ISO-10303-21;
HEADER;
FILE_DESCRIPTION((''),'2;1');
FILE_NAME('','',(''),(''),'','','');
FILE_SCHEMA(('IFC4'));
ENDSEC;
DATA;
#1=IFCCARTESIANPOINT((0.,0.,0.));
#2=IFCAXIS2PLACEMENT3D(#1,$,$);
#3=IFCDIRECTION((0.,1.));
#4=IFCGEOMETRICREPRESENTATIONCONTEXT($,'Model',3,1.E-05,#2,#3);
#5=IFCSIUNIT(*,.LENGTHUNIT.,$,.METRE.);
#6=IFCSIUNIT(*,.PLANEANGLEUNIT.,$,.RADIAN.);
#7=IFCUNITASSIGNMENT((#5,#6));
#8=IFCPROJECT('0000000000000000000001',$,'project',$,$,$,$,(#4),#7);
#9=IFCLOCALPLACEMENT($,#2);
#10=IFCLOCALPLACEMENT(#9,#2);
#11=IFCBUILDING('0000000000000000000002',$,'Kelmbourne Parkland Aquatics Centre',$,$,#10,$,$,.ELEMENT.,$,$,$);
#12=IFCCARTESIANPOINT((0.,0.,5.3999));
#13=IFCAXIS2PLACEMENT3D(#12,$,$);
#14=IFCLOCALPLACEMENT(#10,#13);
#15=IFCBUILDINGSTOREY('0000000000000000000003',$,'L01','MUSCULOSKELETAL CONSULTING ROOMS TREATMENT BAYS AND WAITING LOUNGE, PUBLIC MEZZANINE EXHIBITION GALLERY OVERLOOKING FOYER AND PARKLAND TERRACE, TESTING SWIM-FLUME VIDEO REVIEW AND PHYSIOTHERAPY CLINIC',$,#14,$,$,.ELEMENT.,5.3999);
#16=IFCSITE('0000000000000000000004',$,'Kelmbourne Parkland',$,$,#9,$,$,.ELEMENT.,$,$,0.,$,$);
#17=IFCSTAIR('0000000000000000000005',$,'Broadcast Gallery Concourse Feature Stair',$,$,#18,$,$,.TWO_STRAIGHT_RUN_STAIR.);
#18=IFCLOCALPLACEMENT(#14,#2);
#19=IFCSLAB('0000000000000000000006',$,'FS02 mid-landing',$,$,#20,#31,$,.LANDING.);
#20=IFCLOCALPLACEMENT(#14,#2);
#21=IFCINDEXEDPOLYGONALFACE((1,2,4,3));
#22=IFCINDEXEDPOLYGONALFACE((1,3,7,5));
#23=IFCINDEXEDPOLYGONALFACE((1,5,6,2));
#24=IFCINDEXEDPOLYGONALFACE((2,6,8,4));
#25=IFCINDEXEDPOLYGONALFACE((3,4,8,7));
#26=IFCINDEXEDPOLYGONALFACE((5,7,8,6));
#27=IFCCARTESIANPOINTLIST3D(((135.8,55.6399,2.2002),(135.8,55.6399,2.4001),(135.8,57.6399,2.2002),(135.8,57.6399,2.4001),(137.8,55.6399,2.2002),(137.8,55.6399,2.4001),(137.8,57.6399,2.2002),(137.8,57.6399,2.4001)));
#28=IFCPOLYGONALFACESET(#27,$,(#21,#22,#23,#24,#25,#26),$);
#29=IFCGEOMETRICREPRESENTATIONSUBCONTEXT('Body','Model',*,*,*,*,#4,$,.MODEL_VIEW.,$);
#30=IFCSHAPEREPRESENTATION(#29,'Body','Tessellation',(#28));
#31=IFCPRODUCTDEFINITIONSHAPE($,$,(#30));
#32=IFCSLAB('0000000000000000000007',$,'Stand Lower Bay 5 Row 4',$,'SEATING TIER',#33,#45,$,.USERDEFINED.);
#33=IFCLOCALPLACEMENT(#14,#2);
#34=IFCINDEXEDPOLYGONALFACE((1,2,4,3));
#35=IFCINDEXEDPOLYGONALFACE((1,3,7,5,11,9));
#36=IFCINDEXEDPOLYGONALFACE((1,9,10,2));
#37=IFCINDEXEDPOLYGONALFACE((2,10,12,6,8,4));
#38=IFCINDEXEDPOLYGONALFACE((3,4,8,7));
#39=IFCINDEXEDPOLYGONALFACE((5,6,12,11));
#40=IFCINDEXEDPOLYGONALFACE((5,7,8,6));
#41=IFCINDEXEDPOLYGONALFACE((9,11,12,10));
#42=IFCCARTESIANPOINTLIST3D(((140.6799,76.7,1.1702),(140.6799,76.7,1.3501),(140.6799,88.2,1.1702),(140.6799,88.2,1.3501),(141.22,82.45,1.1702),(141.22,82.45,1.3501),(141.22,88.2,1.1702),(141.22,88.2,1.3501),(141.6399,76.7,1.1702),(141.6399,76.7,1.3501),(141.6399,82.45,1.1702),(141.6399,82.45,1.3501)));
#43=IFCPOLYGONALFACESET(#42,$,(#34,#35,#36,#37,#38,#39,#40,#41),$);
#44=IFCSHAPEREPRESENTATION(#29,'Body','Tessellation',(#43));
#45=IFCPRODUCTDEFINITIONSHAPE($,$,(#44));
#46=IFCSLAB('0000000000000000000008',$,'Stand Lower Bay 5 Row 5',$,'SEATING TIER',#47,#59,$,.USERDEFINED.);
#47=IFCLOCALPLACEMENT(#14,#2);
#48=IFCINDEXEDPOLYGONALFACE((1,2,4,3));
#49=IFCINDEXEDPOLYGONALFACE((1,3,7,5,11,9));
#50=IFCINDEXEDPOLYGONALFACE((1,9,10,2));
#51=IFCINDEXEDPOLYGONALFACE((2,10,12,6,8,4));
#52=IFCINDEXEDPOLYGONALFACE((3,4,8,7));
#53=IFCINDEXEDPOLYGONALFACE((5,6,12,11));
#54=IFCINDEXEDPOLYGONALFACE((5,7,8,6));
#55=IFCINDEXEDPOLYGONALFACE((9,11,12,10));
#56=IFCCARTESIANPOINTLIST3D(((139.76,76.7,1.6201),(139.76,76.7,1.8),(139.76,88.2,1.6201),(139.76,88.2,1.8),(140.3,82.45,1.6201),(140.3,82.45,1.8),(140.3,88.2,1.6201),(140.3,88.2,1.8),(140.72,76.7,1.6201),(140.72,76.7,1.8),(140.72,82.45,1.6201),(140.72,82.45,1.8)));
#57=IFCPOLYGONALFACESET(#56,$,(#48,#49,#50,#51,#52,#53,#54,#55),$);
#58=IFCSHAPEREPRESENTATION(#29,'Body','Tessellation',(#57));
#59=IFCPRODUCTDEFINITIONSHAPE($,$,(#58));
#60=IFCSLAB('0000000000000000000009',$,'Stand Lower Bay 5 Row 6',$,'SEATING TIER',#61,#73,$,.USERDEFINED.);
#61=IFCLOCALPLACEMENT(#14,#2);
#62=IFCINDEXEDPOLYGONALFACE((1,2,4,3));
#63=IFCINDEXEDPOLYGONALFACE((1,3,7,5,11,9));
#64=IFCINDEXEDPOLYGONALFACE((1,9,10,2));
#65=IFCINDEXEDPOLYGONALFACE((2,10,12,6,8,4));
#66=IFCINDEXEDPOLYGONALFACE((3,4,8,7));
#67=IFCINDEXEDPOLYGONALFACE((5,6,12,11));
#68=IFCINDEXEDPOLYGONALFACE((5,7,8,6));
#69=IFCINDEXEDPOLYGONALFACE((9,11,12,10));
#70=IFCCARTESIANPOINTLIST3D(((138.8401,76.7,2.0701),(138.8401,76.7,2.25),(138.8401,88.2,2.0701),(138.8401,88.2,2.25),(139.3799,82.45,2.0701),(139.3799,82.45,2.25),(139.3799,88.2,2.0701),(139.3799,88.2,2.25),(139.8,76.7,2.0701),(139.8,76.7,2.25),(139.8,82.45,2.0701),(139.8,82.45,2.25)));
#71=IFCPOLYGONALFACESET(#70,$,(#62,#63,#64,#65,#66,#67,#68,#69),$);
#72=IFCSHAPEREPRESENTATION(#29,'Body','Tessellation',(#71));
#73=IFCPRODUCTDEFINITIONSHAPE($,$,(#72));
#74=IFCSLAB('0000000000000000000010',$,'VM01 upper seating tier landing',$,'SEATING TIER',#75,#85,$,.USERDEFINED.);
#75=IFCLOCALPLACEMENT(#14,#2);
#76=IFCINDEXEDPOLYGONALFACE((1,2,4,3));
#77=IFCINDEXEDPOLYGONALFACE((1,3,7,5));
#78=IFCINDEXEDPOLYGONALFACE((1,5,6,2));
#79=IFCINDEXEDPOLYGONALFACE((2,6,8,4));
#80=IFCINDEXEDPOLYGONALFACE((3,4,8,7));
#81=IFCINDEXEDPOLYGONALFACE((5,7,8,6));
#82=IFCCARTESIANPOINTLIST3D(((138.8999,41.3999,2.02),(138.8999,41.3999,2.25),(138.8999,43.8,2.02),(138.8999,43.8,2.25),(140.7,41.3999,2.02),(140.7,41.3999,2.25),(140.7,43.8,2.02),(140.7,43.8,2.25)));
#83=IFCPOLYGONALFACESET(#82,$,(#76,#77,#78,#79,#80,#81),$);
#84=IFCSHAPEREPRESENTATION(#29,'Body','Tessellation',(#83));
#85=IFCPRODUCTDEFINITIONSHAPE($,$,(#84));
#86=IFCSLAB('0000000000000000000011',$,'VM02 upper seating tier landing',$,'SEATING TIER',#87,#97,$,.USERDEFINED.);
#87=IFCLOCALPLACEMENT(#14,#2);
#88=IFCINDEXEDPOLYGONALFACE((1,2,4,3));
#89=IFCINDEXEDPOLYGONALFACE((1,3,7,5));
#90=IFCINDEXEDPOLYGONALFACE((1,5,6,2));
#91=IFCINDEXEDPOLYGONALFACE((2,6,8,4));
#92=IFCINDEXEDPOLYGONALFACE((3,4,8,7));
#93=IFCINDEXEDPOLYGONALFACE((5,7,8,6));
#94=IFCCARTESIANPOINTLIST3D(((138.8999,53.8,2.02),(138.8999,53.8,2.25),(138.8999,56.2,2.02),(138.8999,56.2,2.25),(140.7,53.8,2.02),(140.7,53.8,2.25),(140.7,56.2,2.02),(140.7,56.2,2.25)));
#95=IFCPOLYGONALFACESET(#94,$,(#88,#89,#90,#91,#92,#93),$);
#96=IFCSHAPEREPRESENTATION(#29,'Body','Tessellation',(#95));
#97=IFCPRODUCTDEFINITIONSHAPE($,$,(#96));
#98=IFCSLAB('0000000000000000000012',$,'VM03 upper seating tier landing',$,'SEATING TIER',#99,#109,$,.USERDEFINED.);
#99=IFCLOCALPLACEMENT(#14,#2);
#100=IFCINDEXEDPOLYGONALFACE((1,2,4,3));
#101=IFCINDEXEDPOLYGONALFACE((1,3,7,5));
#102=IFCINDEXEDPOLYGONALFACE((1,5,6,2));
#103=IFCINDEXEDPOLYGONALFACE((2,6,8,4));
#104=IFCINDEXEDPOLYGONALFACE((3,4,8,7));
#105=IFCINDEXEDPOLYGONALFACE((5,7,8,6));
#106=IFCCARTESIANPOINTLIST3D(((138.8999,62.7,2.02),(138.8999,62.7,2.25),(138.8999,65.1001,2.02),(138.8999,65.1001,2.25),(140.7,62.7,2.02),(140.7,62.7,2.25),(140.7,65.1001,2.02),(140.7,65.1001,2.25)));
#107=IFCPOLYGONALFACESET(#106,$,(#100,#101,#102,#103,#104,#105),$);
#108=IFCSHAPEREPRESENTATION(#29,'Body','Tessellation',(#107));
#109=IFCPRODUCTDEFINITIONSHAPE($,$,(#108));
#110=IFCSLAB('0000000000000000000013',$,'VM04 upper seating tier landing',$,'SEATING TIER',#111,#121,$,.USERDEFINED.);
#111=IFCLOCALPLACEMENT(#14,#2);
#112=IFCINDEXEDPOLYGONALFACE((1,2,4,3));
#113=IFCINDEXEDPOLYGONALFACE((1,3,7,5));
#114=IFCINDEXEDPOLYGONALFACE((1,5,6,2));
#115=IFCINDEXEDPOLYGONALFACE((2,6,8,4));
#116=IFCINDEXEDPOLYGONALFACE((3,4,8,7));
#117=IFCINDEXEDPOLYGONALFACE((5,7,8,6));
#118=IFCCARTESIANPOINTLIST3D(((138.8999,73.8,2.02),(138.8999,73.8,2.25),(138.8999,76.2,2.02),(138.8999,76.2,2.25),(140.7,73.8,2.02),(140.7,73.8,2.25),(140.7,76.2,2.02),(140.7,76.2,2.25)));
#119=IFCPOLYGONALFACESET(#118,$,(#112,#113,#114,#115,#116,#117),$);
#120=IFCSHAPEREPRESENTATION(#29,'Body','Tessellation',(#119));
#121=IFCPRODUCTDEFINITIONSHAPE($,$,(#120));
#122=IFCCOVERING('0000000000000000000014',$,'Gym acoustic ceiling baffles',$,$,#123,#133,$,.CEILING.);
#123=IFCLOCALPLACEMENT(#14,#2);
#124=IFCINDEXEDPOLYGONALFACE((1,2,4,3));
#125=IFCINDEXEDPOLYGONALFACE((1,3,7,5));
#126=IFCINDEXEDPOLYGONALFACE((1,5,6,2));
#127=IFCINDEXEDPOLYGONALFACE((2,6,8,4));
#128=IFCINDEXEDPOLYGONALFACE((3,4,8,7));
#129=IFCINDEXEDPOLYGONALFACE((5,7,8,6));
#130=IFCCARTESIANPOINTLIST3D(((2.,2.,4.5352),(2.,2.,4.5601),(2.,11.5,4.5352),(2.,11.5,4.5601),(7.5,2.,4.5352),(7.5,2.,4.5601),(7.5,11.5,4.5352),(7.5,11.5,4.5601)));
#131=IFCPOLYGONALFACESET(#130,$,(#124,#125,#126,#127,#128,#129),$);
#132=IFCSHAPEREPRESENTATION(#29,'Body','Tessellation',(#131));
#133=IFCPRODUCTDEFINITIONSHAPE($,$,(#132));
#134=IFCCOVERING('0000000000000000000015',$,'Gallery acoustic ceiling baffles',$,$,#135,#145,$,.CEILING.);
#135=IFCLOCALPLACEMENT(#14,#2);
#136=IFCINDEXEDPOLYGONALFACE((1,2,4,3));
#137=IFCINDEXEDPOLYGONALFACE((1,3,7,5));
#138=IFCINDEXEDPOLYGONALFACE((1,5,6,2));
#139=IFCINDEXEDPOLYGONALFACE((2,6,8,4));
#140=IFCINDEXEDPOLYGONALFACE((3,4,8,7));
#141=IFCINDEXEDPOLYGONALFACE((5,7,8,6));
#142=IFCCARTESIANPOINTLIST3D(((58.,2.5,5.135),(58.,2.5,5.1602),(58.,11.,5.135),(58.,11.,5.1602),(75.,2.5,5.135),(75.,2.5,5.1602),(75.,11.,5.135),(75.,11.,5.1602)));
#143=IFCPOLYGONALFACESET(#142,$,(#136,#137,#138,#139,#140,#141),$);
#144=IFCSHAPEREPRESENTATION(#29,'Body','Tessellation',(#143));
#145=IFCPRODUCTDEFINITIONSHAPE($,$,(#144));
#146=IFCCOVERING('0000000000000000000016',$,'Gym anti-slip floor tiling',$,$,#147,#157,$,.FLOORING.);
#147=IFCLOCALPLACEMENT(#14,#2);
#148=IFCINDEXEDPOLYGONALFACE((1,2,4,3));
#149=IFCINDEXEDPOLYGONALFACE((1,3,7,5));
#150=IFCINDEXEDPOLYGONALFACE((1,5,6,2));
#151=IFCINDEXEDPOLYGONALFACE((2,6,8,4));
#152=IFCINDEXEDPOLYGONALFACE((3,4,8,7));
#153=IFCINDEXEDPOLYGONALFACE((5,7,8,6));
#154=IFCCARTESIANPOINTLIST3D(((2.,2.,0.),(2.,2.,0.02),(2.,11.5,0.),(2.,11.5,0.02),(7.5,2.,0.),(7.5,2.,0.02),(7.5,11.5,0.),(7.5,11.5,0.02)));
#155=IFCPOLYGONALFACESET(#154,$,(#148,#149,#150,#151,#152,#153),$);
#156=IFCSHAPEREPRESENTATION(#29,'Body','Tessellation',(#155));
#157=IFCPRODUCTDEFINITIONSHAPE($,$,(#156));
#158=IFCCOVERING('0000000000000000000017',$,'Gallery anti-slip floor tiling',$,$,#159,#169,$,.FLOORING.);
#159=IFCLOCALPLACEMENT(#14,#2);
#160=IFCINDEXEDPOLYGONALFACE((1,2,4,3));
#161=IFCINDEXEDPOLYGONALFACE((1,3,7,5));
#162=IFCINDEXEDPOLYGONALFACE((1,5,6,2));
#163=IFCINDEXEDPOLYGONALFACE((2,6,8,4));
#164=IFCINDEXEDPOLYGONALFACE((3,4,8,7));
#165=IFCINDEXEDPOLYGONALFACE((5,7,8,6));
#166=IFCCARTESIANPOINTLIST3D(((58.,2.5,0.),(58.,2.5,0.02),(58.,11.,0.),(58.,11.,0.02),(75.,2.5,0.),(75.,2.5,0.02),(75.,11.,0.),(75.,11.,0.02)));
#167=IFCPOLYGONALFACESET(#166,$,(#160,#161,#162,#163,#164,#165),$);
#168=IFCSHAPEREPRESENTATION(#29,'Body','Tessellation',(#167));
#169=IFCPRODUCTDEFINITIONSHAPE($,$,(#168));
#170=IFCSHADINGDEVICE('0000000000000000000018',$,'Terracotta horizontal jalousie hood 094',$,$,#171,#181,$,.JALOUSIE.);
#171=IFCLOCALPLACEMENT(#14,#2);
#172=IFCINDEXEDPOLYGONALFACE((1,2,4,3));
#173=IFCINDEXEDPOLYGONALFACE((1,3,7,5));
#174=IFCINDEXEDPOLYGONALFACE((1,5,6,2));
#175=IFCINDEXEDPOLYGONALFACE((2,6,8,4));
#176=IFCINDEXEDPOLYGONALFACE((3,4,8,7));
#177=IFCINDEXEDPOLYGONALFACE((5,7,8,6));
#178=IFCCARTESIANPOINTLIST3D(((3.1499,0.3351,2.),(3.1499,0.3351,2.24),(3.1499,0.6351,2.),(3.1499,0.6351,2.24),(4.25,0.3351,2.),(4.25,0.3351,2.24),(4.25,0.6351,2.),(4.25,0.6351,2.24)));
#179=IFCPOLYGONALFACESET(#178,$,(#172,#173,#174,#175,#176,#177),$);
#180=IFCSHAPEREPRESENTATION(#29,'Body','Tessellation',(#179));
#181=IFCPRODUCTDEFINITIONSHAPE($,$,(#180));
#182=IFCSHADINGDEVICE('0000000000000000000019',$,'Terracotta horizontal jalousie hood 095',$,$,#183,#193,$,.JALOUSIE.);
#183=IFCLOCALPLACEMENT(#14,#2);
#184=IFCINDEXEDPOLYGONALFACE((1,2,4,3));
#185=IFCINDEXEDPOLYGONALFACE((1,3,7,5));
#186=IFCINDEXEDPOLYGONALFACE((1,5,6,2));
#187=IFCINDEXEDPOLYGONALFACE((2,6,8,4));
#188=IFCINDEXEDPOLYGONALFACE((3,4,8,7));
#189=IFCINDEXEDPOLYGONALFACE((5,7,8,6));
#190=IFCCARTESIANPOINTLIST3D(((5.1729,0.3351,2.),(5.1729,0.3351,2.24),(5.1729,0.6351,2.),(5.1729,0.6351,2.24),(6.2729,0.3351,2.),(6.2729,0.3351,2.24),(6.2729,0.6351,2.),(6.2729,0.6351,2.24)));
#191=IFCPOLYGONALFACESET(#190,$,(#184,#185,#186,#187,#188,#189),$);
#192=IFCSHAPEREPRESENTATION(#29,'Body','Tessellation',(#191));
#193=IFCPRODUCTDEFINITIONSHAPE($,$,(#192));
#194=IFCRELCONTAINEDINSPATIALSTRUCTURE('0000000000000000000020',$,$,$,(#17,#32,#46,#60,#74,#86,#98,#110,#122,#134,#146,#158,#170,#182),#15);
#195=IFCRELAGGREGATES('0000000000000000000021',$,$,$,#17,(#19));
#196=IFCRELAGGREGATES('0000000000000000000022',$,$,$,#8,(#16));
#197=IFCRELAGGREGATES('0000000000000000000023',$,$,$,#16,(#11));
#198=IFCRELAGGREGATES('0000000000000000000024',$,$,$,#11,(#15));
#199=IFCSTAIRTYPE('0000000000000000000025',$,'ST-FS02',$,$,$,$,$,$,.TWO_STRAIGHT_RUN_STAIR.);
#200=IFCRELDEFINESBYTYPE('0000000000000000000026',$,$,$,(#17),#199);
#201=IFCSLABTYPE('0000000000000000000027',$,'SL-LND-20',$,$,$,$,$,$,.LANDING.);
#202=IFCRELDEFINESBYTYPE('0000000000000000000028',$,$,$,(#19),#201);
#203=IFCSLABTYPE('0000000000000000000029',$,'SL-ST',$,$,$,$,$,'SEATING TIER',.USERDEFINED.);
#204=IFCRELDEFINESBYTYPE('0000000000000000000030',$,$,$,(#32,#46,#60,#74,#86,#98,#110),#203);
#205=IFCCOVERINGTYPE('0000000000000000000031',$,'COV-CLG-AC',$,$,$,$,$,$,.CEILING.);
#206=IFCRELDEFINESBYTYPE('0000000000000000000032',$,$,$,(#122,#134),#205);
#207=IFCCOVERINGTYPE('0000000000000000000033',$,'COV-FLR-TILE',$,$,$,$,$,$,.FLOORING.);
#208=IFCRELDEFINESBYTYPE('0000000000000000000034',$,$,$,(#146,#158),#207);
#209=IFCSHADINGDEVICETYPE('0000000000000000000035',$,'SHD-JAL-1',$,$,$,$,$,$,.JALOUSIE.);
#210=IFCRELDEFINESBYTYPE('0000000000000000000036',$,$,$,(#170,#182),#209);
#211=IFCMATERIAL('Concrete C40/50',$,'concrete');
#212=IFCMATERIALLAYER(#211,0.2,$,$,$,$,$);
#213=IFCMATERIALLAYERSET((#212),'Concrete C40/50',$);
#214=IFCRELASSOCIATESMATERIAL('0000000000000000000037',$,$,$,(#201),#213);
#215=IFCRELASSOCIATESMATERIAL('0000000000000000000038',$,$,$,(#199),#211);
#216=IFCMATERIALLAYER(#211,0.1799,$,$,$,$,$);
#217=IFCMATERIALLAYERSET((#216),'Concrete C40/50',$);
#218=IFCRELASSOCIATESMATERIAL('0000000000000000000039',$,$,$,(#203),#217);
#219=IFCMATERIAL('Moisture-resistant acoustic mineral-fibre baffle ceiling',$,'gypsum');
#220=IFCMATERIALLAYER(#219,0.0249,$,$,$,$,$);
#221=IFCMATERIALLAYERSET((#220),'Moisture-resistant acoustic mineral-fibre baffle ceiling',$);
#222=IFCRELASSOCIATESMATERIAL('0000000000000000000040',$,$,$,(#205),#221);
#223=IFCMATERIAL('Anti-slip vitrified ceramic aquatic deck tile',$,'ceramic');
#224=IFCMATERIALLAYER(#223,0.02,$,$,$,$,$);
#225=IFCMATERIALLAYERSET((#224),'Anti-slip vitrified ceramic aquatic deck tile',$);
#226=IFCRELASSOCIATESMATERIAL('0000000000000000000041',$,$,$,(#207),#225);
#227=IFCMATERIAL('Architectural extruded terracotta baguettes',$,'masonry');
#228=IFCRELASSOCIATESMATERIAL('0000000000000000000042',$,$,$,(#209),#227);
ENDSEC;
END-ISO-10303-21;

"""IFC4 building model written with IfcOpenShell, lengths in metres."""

from ifc_helpers import new_model, si_unit, direction, frame, origin, origin_2d, place, context, subcontext, project, spatial, polyline, rectangle, outline, extrude, material, layer, layer_set, type_object, element, aggregate, save


model = new_model("IFC4")

# Units and contexts
model_context = context("Model", 3, precision=1e-05, world=origin(), true_north=direction((0.0, 1.0)))
body_context = subcontext(model_context, "Body", "Model", "MODEL_VIEW")
ifc_project = project(units=[si_unit("LENGTHUNIT", "METRE"), si_unit("PLANEANGLEUNIT", "RADIAN")], contexts=[model_context])

# Site, building, storey
site_placement = place(None, origin())
site = spatial("IfcSite", under=ifc_project, at=site_placement, Name="Kelmbourne Parkland", CompositionType="ELEMENT", RefElevation=0.0)
building_placement = place(site_placement, origin())
building = spatial("IfcBuilding", under=site, at=building_placement, Name="Kelmbourne Parkland Aquatics Centre", CompositionType="ELEMENT")
storey_placement = place(building_placement, frame((0.0, 0.0, 5.3999)))
storey = spatial("IfcBuildingStorey", under=building, at=storey_placement, Name="L01", Description="MUSCULOSKELETAL CONSULTING ROOMS TREATMENT BAYS AND WAITING LOUNGE, PUBLIC MEZZANINE EXHIBITION GALLERY OVERLOOKING FOYER AND PARKLAND TERRACE, TESTING SWIM-FLUME VIDEO REVIEW AND PHYSIOTHERAPY CLINIC", CompositionType="ELEMENT", Elevation=5.3999)

# Shared definitions
ifc_material_1 = material(Name="Concrete C40/50", Category="concrete")

# Stair, slab
ifc_layer_1 = layer(ifc_material_1, 0.2)
ifc_layer_set_1 = layer_set([ifc_layer_1], Name="Concrete C40/50")
slab_type_1 = type_object("IfcSlabType", Name="SL-LND-20", PredefinedType="LANDING", material=ifc_layer_set_1)
stair_type_1 = type_object("IfcStairType", Name="ST-FS02", PredefinedType="TWO_STRAIGHT_RUN_STAIR", material=ifc_material_1)
stair_1_placement = place(storey_placement, origin())
stair_1 = element("IfcStair", 1, at=stair_1_placement, inside=storey, type_object=stair_type_1, Name="Broadcast Gallery Concourse Feature Stair", PredefinedType="TWO_STRAIGHT_RUN_STAIR")
slab_1_placement = place(storey_placement, frame((0.0, 0.0, 2.2002)))
slab_1 = element("IfcSlab", 2, at=slab_1_placement, type_object=slab_type_1, Name="FS02 mid-landing", PredefinedType="LANDING", context=body_context, shape_type="SweptSolid", body=[
    extrude(outline(polyline([(135.8, 55.6399), (137.8, 55.6399), (137.8, 57.6399), (135.8, 57.6399), (135.8, 55.6399)])), origin(), (0.0, 0.0, 1.0), 0.2),
])
aggregate(stair_1, [slab_1])

# Slabs
ifc_layer_2 = layer(ifc_material_1, 0.1799)
ifc_layer_set_2 = layer_set([ifc_layer_2], Name="Concrete C40/50")
slab_type_2 = type_object("IfcSlabType", Name="SL-ST", ElementType="SEATING TIER", PredefinedType="USERDEFINED", material=ifc_layer_set_2)
slab_2_placement = place(storey_placement, frame((0.0, 0.0, 1.1702)))
element("IfcSlab", 3, at=slab_2_placement, inside=storey, type_object=slab_type_2, Name="Stand Lower Bay 5 Row 4", ObjectType="SEATING TIER", PredefinedType="USERDEFINED", context=body_context, shape_type="SweptSolid", body=[
    extrude(outline(polyline([(140.6799, 76.7), (141.6399, 76.7), (141.6399, 82.45), (141.22, 82.45), (141.22, 88.2), (140.6799, 88.2), (140.6799, 76.7)])), origin(), (0.0, 0.0, 1.0), 0.1799),
])
slab_3_placement = place(storey_placement, frame((0.0, 0.0, 1.6201)))
element("IfcSlab", 4, at=slab_3_placement, inside=storey, type_object=slab_type_2, Name="Stand Lower Bay 5 Row 5", ObjectType="SEATING TIER", PredefinedType="USERDEFINED", context=body_context, shape_type="SweptSolid", body=[
    extrude(outline(polyline([(139.76, 76.7), (140.72, 76.7), (140.72, 82.45), (140.3, 82.45), (140.3, 88.2), (139.76, 88.2), (139.76, 76.7)])), origin(), (0.0, 0.0, 1.0), 0.1799),
])
slab_4_placement = place(storey_placement, frame((0.0, 0.0, 2.0701)))
element("IfcSlab", 5, at=slab_4_placement, inside=storey, type_object=slab_type_2, Name="Stand Lower Bay 5 Row 6", ObjectType="SEATING TIER", PredefinedType="USERDEFINED", context=body_context, shape_type="SweptSolid", body=[
    extrude(outline(polyline([(138.8401, 76.7), (139.8, 76.7), (139.8, 82.45), (139.3799, 82.45), (139.3799, 88.2), (138.8401, 88.2), (138.8401, 76.7)])), origin(), (0.0, 0.0, 1.0), 0.1799),
])
slab_5_placement = place(storey_placement, frame((0.0, 0.0, 2.02)))
element("IfcSlab", 6, at=slab_5_placement, inside=storey, type_object=slab_type_2, Name="VM01 upper seating tier landing", ObjectType="SEATING TIER", PredefinedType="USERDEFINED", context=body_context, shape_type="SweptSolid", body=[
    extrude(outline(polyline([(138.8999, 41.3999), (140.7, 41.3999), (140.7, 43.8), (138.8999, 43.8), (138.8999, 41.3999)])), origin(), (0.0, 0.0, 1.0), 0.23),
])
slab_6_placement = place(storey_placement, frame((0.0, 0.0, 2.02)))
element("IfcSlab", 7, at=slab_6_placement, inside=storey, type_object=slab_type_2, Name="VM02 upper seating tier landing", ObjectType="SEATING TIER", PredefinedType="USERDEFINED", context=body_context, shape_type="SweptSolid", body=[
    extrude(outline(polyline([(138.8999, 53.8), (140.7, 53.8), (140.7, 56.2), (138.8999, 56.2), (138.8999, 53.8)])), origin(), (0.0, 0.0, 1.0), 0.23),
])
slab_7_placement = place(storey_placement, frame((0.0, 0.0, 2.02)))
element("IfcSlab", 8, at=slab_7_placement, inside=storey, type_object=slab_type_2, Name="VM03 upper seating tier landing", ObjectType="SEATING TIER", PredefinedType="USERDEFINED", context=body_context, shape_type="SweptSolid", body=[
    extrude(outline(polyline([(138.8999, 62.7), (140.7, 62.7), (140.7, 65.1001), (138.8999, 65.1001), (138.8999, 62.7)])), origin(), (0.0, 0.0, 1.0), 0.23),
])
slab_8_placement = place(storey_placement, frame((0.0, 0.0, 2.02)))
element("IfcSlab", 9, at=slab_8_placement, inside=storey, type_object=slab_type_2, Name="VM04 upper seating tier landing", ObjectType="SEATING TIER", PredefinedType="USERDEFINED", context=body_context, shape_type="SweptSolid", body=[
    extrude(outline(polyline([(138.8999, 73.8), (140.7, 73.8), (140.7, 76.2), (138.8999, 76.2), (138.8999, 73.8)])), origin(), (0.0, 0.0, 1.0), 0.23),
])

# Coverings
ifc_material_2 = material(Name="Moisture-resistant acoustic mineral-fibre baffle ceiling", Category="gypsum")
ifc_layer_3 = layer(ifc_material_2, 0.0249)
ifc_layer_set_3 = layer_set([ifc_layer_3], Name="Moisture-resistant acoustic mineral-fibre baffle ceiling")
covering_type_1 = type_object("IfcCoveringType", Name="COV-CLG-AC", PredefinedType="CEILING", material=ifc_layer_set_3)
covering_1_placement = place(storey_placement, frame((0.0, 0.0, 4.5352)))
element("IfcCovering", 10, at=covering_1_placement, inside=storey, type_object=covering_type_1, Name="Gym acoustic ceiling baffles", PredefinedType="CEILING", context=body_context, shape_type="SweptSolid", body=[
    extrude(outline(polyline([(2.0, 2.0), (7.5, 2.0), (7.5, 11.5), (2.0, 11.5), (2.0, 2.0)])), origin(), (0.0, 0.0, 1.0), 0.0249),
])
covering_2_placement = place(storey_placement, frame((0.0, 0.0, 5.135)))
element("IfcCovering", 11, at=covering_2_placement, inside=storey, type_object=covering_type_1, Name="Gallery acoustic ceiling baffles", PredefinedType="CEILING", context=body_context, shape_type="SweptSolid", body=[
    extrude(outline(polyline([(58.0, 2.5), (75.0, 2.5), (75.0, 11.0), (58.0, 11.0), (58.0, 2.5)])), origin(), (0.0, 0.0, 1.0), 0.0251),
])
ifc_material_3 = material(Name="Anti-slip vitrified ceramic aquatic deck tile", Category="ceramic")
ifc_layer_4 = layer(ifc_material_3, 0.02)
ifc_layer_set_4 = layer_set([ifc_layer_4], Name="Anti-slip vitrified ceramic aquatic deck tile")
covering_type_2 = type_object("IfcCoveringType", Name="COV-FLR-TILE", PredefinedType="FLOORING", material=ifc_layer_set_4)
covering_3_placement = place(storey_placement, origin())
element("IfcCovering", 12, at=covering_3_placement, inside=storey, type_object=covering_type_2, Name="Gym anti-slip floor tiling", PredefinedType="FLOORING", context=body_context, shape_type="SweptSolid", body=[
    extrude(outline(polyline([(2.0, 2.0), (7.5, 2.0), (7.5, 11.5), (2.0, 11.5), (2.0, 2.0)])), origin(), (0.0, 0.0, 1.0), 0.02),
])
covering_4_placement = place(storey_placement, origin())
element("IfcCovering", 13, at=covering_4_placement, inside=storey, type_object=covering_type_2, Name="Gallery anti-slip floor tiling", PredefinedType="FLOORING", context=body_context, shape_type="SweptSolid", body=[
    extrude(outline(polyline([(58.0, 2.5), (75.0, 2.5), (75.0, 11.0), (58.0, 11.0), (58.0, 2.5)])), origin(), (0.0, 0.0, 1.0), 0.02),
])

# Shading devices
ifc_material_4 = material(Name="Architectural extruded terracotta baguettes", Category="masonry")
shading_device_type = type_object("IfcShadingDeviceType", Name="SHD-JAL-1", PredefinedType="JALOUSIE", material=ifc_material_4)
for number, where, z_axis, x_axis, name in (
    (14, (3.7, 0.4851, 2.0), (0.0, 0.0, 1.0), (1.0, 0.0, 0.0), "Terracotta horizontal jalousie hood 094"),
    (15, (5.7229, 0.4851, 2.0), (0.0, 0.0, 1.0), (1.0, 0.0, 0.0), "Terracotta horizontal jalousie hood 095"),
):
    element("IfcShadingDevice", number, at=place(storey_placement, frame(where, z_axis=z_axis, x_axis=x_axis)), inside=storey, type_object=shading_device_type, Name=name, PredefinedType="JALOUSIE", context=body_context, shape_type="SweptSolid", body=[
        extrude(rectangle(XDim=1.1001, YDim=0.3, at=origin_2d()), origin(), (0.0, 0.0, 1.0), 0.24),
    ])

save(model, "model.ifc")
